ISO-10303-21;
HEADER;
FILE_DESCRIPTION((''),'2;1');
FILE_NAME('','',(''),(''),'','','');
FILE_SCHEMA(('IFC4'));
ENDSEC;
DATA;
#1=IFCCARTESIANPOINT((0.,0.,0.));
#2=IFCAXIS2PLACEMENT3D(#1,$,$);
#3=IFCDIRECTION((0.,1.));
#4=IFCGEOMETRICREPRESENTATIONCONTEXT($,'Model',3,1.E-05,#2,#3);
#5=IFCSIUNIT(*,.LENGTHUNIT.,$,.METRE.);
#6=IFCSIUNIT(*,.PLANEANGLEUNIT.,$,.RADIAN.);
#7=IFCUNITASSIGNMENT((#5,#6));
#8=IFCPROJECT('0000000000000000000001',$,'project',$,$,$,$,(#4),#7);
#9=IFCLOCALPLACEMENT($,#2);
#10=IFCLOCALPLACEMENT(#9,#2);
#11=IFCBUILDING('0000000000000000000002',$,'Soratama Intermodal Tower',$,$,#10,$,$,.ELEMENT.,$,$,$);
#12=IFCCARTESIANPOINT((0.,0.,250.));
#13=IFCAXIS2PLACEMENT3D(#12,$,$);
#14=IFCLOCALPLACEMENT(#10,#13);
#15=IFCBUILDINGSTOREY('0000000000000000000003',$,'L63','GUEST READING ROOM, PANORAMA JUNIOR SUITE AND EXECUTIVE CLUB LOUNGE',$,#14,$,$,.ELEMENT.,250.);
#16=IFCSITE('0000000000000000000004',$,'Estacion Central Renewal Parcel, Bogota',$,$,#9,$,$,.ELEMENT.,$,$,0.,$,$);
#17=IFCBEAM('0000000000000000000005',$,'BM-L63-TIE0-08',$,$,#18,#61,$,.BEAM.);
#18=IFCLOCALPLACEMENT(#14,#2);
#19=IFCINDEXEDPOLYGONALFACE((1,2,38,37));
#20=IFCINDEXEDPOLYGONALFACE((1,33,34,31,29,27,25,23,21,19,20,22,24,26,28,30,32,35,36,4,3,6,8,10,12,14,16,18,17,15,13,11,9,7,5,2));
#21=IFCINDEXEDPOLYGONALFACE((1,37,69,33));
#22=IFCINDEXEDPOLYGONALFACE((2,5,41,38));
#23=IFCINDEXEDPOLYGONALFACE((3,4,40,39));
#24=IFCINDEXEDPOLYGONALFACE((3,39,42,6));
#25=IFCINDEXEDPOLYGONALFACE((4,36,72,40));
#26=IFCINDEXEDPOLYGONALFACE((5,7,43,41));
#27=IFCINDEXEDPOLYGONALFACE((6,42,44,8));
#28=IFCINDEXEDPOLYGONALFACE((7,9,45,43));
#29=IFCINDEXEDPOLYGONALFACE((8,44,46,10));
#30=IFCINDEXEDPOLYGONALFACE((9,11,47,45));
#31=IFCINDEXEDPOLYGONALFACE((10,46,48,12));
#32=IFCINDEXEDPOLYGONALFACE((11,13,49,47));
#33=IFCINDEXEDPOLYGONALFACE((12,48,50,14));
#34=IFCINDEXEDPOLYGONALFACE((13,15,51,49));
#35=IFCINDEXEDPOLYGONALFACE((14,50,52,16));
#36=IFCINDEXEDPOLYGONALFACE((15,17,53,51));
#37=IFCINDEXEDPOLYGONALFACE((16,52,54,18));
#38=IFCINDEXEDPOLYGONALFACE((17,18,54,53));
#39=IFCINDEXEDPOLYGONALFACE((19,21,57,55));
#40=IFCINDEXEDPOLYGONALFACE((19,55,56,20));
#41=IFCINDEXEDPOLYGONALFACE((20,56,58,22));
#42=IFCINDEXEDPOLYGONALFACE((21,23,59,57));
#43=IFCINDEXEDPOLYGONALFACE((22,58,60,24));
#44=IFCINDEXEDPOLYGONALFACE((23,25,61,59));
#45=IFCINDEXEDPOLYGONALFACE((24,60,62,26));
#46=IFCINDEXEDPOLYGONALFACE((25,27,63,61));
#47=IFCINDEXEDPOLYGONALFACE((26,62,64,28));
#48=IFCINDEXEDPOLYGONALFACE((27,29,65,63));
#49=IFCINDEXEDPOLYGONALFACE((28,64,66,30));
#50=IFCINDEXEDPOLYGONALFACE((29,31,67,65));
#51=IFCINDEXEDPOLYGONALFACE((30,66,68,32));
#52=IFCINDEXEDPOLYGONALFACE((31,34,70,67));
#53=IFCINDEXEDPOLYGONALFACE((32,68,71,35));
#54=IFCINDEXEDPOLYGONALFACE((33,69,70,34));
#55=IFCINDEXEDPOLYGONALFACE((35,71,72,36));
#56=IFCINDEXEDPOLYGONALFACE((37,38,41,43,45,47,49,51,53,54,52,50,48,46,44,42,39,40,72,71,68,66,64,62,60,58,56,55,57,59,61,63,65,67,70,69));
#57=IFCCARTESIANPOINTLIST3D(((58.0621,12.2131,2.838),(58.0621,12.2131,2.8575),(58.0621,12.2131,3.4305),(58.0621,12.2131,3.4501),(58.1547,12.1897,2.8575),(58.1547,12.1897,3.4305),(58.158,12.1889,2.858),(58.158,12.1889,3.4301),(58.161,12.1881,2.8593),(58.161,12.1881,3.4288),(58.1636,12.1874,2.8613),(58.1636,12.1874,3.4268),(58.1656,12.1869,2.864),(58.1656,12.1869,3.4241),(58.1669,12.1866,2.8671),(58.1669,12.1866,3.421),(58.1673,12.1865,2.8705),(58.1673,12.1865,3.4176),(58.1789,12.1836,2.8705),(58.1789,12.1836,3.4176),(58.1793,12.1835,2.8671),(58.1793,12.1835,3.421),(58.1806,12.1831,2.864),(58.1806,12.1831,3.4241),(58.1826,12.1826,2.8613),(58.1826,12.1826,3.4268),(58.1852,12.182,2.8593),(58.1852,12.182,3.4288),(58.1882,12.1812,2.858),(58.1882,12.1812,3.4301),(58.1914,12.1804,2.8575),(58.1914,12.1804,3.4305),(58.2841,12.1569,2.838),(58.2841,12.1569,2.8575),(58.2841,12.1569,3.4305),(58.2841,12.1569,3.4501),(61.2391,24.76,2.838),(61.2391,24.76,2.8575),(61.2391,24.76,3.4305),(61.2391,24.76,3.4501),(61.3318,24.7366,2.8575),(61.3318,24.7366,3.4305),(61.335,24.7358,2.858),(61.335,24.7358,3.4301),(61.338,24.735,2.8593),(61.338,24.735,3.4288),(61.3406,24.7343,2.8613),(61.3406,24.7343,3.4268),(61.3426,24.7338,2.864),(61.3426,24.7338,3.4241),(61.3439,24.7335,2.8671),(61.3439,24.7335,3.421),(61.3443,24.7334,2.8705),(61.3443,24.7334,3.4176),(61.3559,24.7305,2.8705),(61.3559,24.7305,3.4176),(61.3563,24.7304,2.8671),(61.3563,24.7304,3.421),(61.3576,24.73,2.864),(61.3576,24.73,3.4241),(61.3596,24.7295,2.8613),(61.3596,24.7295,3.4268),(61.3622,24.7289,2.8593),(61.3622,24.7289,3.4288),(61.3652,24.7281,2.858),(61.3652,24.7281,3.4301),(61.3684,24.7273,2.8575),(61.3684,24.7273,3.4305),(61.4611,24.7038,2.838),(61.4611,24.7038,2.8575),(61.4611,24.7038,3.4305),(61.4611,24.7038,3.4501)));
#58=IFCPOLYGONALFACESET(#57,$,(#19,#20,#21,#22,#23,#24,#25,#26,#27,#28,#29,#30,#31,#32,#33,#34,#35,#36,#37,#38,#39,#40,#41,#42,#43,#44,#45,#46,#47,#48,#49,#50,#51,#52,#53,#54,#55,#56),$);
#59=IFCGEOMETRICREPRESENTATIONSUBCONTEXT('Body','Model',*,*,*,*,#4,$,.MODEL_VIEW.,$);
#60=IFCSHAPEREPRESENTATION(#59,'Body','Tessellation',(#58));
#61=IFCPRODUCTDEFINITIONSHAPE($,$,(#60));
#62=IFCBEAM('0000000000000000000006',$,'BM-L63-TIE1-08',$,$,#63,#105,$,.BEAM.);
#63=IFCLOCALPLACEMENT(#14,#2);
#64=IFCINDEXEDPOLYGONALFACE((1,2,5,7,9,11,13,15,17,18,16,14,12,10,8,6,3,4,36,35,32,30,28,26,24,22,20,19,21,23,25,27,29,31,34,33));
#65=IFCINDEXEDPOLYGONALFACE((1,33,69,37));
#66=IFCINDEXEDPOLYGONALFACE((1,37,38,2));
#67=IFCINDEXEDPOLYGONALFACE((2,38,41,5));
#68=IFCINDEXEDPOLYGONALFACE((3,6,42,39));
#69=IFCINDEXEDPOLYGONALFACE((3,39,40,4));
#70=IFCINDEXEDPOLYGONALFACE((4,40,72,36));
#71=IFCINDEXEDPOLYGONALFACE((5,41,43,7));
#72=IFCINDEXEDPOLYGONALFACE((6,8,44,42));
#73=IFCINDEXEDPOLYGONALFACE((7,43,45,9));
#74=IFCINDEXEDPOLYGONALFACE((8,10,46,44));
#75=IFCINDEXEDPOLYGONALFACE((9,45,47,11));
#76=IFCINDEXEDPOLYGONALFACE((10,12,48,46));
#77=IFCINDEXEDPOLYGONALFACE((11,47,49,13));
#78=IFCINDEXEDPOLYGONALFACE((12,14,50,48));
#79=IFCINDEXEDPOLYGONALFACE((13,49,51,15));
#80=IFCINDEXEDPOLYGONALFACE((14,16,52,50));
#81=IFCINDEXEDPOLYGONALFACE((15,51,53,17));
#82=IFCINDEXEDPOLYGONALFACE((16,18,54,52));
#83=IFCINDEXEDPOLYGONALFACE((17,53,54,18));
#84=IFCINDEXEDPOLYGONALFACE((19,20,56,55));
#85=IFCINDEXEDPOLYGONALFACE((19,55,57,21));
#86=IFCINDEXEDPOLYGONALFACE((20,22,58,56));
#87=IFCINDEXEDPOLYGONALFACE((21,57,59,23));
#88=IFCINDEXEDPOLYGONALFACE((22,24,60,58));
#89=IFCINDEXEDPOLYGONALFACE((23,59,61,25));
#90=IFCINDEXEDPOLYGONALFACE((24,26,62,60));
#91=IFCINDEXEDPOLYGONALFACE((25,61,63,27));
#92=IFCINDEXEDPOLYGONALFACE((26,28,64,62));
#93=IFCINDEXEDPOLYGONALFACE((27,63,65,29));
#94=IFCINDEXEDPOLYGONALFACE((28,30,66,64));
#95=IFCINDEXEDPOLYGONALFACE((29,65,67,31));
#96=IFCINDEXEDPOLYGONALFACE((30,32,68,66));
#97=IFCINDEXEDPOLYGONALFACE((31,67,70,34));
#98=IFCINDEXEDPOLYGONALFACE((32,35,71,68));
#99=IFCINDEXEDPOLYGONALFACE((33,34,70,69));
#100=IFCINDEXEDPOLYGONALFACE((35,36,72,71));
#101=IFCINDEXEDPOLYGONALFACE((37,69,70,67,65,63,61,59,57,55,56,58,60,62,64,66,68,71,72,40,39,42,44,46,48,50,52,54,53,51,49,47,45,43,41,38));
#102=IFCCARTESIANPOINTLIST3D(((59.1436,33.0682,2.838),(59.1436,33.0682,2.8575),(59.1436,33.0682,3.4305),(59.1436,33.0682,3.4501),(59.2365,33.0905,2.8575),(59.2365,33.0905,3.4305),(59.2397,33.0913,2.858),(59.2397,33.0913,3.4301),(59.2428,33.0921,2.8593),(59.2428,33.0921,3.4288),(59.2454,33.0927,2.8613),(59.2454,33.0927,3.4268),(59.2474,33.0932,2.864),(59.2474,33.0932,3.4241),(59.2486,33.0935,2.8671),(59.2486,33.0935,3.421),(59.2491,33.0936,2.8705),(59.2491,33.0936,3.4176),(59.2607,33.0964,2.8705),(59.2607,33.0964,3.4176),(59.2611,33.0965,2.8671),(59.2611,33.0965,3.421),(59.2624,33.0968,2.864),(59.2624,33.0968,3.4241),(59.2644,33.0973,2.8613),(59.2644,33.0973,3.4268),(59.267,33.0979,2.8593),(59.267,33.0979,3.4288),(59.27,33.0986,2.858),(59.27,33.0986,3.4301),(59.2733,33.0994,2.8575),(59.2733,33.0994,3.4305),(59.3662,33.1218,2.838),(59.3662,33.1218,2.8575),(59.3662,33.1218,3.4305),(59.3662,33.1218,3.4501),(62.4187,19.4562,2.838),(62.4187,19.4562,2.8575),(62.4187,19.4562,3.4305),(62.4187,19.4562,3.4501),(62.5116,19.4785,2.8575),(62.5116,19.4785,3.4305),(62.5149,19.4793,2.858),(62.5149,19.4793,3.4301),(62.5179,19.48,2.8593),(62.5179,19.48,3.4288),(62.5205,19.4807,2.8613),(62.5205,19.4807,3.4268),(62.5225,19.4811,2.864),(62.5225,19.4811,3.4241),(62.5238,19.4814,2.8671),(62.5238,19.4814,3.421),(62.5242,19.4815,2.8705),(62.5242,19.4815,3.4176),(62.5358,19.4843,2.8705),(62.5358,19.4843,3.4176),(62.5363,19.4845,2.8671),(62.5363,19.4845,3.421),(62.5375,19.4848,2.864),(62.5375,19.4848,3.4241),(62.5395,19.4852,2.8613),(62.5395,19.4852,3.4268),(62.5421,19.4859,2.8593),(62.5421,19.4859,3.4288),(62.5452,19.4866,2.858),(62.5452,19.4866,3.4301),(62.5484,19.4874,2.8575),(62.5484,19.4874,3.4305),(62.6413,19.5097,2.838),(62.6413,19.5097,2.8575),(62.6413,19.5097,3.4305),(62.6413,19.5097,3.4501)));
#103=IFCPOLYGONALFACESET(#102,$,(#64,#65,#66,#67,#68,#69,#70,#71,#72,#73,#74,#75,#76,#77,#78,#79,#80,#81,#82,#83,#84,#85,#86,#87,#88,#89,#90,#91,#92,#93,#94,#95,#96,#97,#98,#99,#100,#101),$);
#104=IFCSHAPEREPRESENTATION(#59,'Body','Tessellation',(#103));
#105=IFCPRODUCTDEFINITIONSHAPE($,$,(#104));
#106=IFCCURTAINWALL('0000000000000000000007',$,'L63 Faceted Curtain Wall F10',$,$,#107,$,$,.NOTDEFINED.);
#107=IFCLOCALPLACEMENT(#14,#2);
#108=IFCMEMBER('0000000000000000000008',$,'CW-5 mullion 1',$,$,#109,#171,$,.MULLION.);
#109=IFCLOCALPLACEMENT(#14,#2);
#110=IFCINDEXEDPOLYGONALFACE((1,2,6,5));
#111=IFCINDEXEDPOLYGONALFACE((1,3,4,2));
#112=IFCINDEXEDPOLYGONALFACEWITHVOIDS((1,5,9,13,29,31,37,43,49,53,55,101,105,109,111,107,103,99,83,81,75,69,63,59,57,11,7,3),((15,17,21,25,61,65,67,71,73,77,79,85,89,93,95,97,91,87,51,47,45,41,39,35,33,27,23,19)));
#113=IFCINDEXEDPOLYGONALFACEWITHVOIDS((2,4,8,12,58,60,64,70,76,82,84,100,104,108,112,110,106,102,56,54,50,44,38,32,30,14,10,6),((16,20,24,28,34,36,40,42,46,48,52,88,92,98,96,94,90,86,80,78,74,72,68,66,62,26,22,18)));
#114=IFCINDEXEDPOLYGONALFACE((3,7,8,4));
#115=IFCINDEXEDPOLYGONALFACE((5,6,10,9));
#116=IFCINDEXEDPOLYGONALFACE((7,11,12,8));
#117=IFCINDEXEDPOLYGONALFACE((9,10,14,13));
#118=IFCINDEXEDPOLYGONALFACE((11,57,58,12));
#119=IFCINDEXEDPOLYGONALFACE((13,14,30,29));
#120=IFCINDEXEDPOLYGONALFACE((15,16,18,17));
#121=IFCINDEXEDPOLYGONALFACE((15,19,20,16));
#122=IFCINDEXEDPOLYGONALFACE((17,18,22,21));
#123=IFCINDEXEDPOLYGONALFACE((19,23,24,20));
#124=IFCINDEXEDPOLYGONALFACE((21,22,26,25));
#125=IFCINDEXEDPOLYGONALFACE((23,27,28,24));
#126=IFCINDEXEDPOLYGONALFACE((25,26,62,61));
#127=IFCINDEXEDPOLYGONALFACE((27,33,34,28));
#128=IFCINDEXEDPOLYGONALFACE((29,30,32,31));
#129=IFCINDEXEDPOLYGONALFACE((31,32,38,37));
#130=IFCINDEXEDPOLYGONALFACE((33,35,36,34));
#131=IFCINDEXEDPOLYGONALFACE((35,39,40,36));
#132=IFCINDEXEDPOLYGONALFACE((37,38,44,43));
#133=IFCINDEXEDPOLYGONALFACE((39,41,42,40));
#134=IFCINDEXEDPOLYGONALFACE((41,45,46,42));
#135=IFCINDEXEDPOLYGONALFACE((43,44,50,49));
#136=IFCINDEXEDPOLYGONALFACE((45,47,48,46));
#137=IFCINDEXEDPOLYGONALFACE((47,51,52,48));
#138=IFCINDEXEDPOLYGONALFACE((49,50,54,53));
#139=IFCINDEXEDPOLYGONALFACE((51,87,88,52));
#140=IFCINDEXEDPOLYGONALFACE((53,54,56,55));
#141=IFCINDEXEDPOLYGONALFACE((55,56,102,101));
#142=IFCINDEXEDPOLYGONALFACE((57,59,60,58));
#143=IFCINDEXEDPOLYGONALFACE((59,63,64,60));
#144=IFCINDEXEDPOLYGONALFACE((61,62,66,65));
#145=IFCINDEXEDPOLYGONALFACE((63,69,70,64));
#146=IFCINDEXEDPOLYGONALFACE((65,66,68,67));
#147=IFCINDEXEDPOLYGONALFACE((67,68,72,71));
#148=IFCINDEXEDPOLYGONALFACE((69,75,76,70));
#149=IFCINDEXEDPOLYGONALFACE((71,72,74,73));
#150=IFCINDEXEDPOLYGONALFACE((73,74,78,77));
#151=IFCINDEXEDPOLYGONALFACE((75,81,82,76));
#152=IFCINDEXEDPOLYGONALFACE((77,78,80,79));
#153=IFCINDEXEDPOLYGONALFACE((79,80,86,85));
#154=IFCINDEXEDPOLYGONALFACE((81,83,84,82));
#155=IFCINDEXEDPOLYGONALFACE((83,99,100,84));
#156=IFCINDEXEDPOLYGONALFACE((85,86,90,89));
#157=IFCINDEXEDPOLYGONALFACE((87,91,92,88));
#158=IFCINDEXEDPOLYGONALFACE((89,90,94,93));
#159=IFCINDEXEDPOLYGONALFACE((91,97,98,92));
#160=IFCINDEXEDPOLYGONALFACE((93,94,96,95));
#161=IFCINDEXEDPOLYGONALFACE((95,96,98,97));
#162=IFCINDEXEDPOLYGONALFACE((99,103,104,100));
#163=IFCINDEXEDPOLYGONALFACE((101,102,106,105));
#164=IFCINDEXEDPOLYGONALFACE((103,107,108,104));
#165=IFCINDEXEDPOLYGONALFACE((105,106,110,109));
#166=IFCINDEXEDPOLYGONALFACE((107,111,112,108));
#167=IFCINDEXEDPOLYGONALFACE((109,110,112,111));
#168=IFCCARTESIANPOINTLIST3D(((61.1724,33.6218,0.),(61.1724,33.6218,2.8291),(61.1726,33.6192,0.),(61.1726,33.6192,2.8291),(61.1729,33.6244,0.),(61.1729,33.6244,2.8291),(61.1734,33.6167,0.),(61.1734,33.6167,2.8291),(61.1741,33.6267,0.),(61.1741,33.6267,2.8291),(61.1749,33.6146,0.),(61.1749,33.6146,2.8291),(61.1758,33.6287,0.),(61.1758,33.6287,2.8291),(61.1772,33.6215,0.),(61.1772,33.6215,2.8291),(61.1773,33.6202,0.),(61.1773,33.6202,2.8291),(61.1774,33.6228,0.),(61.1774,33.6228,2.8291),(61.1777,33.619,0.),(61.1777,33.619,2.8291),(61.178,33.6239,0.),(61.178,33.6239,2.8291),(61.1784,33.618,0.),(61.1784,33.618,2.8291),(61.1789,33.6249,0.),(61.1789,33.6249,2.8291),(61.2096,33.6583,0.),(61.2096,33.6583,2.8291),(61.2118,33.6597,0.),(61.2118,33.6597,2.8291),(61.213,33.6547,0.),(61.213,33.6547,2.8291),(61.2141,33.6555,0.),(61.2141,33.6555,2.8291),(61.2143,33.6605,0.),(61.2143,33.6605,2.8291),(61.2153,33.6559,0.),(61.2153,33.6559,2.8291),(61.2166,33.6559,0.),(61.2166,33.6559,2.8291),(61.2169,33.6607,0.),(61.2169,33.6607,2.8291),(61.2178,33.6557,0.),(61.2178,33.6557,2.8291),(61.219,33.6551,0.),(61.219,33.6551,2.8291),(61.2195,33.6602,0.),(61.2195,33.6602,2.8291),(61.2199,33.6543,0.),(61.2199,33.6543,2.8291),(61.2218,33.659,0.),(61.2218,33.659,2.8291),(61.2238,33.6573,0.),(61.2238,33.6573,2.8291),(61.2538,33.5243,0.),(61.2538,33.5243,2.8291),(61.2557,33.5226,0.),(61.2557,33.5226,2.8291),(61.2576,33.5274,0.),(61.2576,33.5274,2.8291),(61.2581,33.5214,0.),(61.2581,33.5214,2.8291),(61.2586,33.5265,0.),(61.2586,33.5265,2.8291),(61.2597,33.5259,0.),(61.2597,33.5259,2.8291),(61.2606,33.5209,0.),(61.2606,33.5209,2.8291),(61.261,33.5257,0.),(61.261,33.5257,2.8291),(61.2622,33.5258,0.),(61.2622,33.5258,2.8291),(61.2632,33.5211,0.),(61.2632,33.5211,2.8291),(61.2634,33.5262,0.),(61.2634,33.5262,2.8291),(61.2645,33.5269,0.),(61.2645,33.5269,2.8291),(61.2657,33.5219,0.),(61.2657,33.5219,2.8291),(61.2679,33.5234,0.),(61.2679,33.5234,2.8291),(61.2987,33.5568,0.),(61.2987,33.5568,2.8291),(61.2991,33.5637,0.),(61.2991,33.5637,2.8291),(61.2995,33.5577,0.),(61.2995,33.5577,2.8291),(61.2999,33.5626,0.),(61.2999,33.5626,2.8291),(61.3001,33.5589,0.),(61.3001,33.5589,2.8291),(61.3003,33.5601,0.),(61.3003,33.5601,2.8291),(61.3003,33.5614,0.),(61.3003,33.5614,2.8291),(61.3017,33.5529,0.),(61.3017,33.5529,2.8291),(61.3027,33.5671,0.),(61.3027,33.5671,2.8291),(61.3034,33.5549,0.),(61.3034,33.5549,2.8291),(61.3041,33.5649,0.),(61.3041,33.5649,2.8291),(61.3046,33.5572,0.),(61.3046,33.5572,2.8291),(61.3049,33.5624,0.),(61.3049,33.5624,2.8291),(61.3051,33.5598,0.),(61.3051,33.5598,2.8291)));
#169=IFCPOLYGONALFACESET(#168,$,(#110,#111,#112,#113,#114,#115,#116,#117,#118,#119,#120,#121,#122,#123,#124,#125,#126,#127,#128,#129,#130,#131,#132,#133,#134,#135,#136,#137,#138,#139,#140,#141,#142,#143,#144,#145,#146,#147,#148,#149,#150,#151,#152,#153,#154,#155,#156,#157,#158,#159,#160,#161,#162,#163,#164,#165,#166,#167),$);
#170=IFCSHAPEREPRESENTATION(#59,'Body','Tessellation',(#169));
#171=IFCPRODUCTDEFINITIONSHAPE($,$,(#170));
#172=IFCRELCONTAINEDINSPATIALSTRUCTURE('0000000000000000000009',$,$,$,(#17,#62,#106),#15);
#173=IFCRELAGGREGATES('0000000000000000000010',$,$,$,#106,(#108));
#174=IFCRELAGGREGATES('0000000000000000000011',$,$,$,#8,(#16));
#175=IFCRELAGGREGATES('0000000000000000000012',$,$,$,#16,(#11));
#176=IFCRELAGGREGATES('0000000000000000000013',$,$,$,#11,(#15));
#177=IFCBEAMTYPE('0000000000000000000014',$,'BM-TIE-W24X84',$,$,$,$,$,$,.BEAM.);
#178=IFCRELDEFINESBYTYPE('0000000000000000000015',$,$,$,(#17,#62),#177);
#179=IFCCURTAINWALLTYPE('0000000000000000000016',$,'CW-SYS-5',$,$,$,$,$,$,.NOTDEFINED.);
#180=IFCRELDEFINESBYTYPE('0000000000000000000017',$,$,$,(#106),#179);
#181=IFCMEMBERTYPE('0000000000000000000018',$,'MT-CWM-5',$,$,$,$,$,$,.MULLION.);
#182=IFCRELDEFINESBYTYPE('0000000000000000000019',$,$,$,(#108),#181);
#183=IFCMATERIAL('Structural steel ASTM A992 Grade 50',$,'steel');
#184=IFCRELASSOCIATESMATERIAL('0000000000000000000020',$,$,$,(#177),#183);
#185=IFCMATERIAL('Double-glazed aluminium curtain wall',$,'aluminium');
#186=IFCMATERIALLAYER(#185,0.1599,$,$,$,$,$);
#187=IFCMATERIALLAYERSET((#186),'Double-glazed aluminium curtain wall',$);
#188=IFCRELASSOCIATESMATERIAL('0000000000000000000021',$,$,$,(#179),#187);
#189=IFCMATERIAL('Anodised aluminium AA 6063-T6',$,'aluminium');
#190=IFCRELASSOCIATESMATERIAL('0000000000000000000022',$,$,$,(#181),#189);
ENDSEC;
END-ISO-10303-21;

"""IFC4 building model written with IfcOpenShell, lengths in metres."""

from ifc_helpers import new_model, si_unit, direction, frame, origin, origin_2d, place, context, subcontext, project, spatial, hollow_rectangle, i_section, extrude, material, layer, layer_set, material_profile, profile_set, type_object, element, aggregate, save


model = new_model("IFC4")

# Units and contexts
model_context = context("Model", 3, precision=1e-05, world=origin(), true_north=direction((0.0, 1.0)))
body_context = subcontext(model_context, "Body", "Model", "MODEL_VIEW")
ifc_project = project(units=[si_unit("LENGTHUNIT", "METRE"), si_unit("PLANEANGLEUNIT", "RADIAN")], contexts=[model_context])

# Site, building, storey
site_placement = place(None, origin())
site = spatial("IfcSite", under=ifc_project, at=site_placement, Name="Estacion Central Renewal Parcel, Bogota", CompositionType="ELEMENT", RefElevation=0.0)
building_placement = place(site_placement, origin())
building = spatial("IfcBuilding", under=site, at=building_placement, Name="Soratama Intermodal Tower", CompositionType="ELEMENT")
storey_placement = place(building_placement, frame((0.0, 0.0, 250.0)))
storey = spatial("IfcBuildingStorey", under=building, at=storey_placement, Name="L63", Description="GUEST READING ROOM, PANORAMA JUNIOR SUITE AND EXECUTIVE CLUB LOUNGE", CompositionType="ELEMENT", Elevation=250.0)

# Beams
ifc_material_1 = material(Name="Structural steel ASTM A992 Grade 50", Category="steel")
ifc_material_profile_1 = material_profile(ifc_material_1, i_section(OverallWidth=0.229, OverallDepth=0.6121, WebThickness=0.012, FlangeThickness=0.0195, FilletRadius=0.0129, at=origin_2d()), Name="W24X84")
ifc_profile_set_1 = profile_set([ifc_material_profile_1], Name="Structural steel ASTM A992 Grade 50")
beam_type_1 = type_object("IfcBeamType", Name="BM-TIE-W24X84", PredefinedType="BEAM", material=ifc_profile_set_1)
beam_1_placement = place(storey_placement, frame((61.3501, 24.7319, 3.144), z_axis=(-0.245464, -0.969406, 0.0), x_axis=(0.969406, -0.245464, 0.0)))
element("IfcBeam", 1, at=beam_1_placement, inside=storey, type_object=beam_type_1, Name="BM-L63-TIE0-08", PredefinedType="BEAM", context=body_context, shape_type="SweptSolid", body=[
    extrude(i_section(OverallWidth=0.229, OverallDepth=0.6121, WebThickness=0.012, FlangeThickness=0.0195, FilletRadius=0.0129, at=origin_2d()), origin(), (0.0, 0.0, 1.0), 12.9429),
])
beam_2_placement = place(storey_placement, frame((59.2549, 33.095, 3.144), z_axis=(0.23393, -0.972253, 0.0), x_axis=(0.972253, 0.23393, 0.0)))
element("IfcBeam", 2, at=beam_2_placement, inside=storey, type_object=beam_type_1, Name="BM-L63-TIE1-08", PredefinedType="BEAM", context=body_context, shape_type="SweptSolid", body=[
    extrude(i_section(OverallWidth=0.229, OverallDepth=0.6121, WebThickness=0.012, FlangeThickness=0.0195, FilletRadius=0.0129, at=origin_2d()), origin(), (0.0, 0.0, 1.0), 14.0005),
])

# Curtain wall, member
ifc_material_2 = material(Name="Double-glazed aluminium curtain wall", Category="aluminium")
ifc_layer_1 = layer(ifc_material_2, 0.1599)
ifc_layer_set_1 = layer_set([ifc_layer_1], Name="Double-glazed aluminium curtain wall")
curtain_wall_type = type_object("IfcCurtainWallType", Name="CW-SYS-5", PredefinedType="NOTDEFINED", material=ifc_layer_set_1)
curtain_wall_placement = place(storey_placement, origin())
curtain_wall = element("IfcCurtainWall", 3, at=curtain_wall_placement, inside=storey, type_object=curtain_wall_type, Name="L63 Faceted Curtain Wall F10", PredefinedType="NOTDEFINED")
ifc_material_3 = material(Name="Anodised aluminium AA 6063-T6", Category="aluminium")
ifc_material_profile_2 = material_profile(ifc_material_3, hollow_rectangle(XDim=0.0649, YDim=0.1399, WallThickness=0.0049, InnerFilletRadius=0.0049, OuterFilletRadius=0.01, at=origin_2d()), Name="CWM140X65X5")
ifc_profile_set_2 = profile_set([ifc_material_profile_2], Name="Anodised aluminium AA 6063-T6")
member_type_1 = type_object("IfcMemberType", Name="MT-CWM-5", PredefinedType="MULLION", material=ifc_profile_set_2)
member_1_placement = place(storey_placement, frame((61.2388, 33.5908, 0.0), z_axis=(0.0, 0.0, 1.0), x_axis=(-0.752879, -0.658159, 0.0)))
member_1 = element("IfcMember", 4, at=member_1_placement, type_object=member_type_1, Name="CW-5 mullion 1", PredefinedType="MULLION", context=body_context, shape_type="SweptSolid", body=[
    extrude(hollow_rectangle(XDim=0.0649, YDim=0.1399, WallThickness=0.0049, InnerFilletRadius=0.0049, OuterFilletRadius=0.01, at=origin_2d()), origin(), (0.0, 0.0, 1.0), 2.8291),
])
aggregate(curtain_wall, [member_1])

save(model, "model.ifc")
